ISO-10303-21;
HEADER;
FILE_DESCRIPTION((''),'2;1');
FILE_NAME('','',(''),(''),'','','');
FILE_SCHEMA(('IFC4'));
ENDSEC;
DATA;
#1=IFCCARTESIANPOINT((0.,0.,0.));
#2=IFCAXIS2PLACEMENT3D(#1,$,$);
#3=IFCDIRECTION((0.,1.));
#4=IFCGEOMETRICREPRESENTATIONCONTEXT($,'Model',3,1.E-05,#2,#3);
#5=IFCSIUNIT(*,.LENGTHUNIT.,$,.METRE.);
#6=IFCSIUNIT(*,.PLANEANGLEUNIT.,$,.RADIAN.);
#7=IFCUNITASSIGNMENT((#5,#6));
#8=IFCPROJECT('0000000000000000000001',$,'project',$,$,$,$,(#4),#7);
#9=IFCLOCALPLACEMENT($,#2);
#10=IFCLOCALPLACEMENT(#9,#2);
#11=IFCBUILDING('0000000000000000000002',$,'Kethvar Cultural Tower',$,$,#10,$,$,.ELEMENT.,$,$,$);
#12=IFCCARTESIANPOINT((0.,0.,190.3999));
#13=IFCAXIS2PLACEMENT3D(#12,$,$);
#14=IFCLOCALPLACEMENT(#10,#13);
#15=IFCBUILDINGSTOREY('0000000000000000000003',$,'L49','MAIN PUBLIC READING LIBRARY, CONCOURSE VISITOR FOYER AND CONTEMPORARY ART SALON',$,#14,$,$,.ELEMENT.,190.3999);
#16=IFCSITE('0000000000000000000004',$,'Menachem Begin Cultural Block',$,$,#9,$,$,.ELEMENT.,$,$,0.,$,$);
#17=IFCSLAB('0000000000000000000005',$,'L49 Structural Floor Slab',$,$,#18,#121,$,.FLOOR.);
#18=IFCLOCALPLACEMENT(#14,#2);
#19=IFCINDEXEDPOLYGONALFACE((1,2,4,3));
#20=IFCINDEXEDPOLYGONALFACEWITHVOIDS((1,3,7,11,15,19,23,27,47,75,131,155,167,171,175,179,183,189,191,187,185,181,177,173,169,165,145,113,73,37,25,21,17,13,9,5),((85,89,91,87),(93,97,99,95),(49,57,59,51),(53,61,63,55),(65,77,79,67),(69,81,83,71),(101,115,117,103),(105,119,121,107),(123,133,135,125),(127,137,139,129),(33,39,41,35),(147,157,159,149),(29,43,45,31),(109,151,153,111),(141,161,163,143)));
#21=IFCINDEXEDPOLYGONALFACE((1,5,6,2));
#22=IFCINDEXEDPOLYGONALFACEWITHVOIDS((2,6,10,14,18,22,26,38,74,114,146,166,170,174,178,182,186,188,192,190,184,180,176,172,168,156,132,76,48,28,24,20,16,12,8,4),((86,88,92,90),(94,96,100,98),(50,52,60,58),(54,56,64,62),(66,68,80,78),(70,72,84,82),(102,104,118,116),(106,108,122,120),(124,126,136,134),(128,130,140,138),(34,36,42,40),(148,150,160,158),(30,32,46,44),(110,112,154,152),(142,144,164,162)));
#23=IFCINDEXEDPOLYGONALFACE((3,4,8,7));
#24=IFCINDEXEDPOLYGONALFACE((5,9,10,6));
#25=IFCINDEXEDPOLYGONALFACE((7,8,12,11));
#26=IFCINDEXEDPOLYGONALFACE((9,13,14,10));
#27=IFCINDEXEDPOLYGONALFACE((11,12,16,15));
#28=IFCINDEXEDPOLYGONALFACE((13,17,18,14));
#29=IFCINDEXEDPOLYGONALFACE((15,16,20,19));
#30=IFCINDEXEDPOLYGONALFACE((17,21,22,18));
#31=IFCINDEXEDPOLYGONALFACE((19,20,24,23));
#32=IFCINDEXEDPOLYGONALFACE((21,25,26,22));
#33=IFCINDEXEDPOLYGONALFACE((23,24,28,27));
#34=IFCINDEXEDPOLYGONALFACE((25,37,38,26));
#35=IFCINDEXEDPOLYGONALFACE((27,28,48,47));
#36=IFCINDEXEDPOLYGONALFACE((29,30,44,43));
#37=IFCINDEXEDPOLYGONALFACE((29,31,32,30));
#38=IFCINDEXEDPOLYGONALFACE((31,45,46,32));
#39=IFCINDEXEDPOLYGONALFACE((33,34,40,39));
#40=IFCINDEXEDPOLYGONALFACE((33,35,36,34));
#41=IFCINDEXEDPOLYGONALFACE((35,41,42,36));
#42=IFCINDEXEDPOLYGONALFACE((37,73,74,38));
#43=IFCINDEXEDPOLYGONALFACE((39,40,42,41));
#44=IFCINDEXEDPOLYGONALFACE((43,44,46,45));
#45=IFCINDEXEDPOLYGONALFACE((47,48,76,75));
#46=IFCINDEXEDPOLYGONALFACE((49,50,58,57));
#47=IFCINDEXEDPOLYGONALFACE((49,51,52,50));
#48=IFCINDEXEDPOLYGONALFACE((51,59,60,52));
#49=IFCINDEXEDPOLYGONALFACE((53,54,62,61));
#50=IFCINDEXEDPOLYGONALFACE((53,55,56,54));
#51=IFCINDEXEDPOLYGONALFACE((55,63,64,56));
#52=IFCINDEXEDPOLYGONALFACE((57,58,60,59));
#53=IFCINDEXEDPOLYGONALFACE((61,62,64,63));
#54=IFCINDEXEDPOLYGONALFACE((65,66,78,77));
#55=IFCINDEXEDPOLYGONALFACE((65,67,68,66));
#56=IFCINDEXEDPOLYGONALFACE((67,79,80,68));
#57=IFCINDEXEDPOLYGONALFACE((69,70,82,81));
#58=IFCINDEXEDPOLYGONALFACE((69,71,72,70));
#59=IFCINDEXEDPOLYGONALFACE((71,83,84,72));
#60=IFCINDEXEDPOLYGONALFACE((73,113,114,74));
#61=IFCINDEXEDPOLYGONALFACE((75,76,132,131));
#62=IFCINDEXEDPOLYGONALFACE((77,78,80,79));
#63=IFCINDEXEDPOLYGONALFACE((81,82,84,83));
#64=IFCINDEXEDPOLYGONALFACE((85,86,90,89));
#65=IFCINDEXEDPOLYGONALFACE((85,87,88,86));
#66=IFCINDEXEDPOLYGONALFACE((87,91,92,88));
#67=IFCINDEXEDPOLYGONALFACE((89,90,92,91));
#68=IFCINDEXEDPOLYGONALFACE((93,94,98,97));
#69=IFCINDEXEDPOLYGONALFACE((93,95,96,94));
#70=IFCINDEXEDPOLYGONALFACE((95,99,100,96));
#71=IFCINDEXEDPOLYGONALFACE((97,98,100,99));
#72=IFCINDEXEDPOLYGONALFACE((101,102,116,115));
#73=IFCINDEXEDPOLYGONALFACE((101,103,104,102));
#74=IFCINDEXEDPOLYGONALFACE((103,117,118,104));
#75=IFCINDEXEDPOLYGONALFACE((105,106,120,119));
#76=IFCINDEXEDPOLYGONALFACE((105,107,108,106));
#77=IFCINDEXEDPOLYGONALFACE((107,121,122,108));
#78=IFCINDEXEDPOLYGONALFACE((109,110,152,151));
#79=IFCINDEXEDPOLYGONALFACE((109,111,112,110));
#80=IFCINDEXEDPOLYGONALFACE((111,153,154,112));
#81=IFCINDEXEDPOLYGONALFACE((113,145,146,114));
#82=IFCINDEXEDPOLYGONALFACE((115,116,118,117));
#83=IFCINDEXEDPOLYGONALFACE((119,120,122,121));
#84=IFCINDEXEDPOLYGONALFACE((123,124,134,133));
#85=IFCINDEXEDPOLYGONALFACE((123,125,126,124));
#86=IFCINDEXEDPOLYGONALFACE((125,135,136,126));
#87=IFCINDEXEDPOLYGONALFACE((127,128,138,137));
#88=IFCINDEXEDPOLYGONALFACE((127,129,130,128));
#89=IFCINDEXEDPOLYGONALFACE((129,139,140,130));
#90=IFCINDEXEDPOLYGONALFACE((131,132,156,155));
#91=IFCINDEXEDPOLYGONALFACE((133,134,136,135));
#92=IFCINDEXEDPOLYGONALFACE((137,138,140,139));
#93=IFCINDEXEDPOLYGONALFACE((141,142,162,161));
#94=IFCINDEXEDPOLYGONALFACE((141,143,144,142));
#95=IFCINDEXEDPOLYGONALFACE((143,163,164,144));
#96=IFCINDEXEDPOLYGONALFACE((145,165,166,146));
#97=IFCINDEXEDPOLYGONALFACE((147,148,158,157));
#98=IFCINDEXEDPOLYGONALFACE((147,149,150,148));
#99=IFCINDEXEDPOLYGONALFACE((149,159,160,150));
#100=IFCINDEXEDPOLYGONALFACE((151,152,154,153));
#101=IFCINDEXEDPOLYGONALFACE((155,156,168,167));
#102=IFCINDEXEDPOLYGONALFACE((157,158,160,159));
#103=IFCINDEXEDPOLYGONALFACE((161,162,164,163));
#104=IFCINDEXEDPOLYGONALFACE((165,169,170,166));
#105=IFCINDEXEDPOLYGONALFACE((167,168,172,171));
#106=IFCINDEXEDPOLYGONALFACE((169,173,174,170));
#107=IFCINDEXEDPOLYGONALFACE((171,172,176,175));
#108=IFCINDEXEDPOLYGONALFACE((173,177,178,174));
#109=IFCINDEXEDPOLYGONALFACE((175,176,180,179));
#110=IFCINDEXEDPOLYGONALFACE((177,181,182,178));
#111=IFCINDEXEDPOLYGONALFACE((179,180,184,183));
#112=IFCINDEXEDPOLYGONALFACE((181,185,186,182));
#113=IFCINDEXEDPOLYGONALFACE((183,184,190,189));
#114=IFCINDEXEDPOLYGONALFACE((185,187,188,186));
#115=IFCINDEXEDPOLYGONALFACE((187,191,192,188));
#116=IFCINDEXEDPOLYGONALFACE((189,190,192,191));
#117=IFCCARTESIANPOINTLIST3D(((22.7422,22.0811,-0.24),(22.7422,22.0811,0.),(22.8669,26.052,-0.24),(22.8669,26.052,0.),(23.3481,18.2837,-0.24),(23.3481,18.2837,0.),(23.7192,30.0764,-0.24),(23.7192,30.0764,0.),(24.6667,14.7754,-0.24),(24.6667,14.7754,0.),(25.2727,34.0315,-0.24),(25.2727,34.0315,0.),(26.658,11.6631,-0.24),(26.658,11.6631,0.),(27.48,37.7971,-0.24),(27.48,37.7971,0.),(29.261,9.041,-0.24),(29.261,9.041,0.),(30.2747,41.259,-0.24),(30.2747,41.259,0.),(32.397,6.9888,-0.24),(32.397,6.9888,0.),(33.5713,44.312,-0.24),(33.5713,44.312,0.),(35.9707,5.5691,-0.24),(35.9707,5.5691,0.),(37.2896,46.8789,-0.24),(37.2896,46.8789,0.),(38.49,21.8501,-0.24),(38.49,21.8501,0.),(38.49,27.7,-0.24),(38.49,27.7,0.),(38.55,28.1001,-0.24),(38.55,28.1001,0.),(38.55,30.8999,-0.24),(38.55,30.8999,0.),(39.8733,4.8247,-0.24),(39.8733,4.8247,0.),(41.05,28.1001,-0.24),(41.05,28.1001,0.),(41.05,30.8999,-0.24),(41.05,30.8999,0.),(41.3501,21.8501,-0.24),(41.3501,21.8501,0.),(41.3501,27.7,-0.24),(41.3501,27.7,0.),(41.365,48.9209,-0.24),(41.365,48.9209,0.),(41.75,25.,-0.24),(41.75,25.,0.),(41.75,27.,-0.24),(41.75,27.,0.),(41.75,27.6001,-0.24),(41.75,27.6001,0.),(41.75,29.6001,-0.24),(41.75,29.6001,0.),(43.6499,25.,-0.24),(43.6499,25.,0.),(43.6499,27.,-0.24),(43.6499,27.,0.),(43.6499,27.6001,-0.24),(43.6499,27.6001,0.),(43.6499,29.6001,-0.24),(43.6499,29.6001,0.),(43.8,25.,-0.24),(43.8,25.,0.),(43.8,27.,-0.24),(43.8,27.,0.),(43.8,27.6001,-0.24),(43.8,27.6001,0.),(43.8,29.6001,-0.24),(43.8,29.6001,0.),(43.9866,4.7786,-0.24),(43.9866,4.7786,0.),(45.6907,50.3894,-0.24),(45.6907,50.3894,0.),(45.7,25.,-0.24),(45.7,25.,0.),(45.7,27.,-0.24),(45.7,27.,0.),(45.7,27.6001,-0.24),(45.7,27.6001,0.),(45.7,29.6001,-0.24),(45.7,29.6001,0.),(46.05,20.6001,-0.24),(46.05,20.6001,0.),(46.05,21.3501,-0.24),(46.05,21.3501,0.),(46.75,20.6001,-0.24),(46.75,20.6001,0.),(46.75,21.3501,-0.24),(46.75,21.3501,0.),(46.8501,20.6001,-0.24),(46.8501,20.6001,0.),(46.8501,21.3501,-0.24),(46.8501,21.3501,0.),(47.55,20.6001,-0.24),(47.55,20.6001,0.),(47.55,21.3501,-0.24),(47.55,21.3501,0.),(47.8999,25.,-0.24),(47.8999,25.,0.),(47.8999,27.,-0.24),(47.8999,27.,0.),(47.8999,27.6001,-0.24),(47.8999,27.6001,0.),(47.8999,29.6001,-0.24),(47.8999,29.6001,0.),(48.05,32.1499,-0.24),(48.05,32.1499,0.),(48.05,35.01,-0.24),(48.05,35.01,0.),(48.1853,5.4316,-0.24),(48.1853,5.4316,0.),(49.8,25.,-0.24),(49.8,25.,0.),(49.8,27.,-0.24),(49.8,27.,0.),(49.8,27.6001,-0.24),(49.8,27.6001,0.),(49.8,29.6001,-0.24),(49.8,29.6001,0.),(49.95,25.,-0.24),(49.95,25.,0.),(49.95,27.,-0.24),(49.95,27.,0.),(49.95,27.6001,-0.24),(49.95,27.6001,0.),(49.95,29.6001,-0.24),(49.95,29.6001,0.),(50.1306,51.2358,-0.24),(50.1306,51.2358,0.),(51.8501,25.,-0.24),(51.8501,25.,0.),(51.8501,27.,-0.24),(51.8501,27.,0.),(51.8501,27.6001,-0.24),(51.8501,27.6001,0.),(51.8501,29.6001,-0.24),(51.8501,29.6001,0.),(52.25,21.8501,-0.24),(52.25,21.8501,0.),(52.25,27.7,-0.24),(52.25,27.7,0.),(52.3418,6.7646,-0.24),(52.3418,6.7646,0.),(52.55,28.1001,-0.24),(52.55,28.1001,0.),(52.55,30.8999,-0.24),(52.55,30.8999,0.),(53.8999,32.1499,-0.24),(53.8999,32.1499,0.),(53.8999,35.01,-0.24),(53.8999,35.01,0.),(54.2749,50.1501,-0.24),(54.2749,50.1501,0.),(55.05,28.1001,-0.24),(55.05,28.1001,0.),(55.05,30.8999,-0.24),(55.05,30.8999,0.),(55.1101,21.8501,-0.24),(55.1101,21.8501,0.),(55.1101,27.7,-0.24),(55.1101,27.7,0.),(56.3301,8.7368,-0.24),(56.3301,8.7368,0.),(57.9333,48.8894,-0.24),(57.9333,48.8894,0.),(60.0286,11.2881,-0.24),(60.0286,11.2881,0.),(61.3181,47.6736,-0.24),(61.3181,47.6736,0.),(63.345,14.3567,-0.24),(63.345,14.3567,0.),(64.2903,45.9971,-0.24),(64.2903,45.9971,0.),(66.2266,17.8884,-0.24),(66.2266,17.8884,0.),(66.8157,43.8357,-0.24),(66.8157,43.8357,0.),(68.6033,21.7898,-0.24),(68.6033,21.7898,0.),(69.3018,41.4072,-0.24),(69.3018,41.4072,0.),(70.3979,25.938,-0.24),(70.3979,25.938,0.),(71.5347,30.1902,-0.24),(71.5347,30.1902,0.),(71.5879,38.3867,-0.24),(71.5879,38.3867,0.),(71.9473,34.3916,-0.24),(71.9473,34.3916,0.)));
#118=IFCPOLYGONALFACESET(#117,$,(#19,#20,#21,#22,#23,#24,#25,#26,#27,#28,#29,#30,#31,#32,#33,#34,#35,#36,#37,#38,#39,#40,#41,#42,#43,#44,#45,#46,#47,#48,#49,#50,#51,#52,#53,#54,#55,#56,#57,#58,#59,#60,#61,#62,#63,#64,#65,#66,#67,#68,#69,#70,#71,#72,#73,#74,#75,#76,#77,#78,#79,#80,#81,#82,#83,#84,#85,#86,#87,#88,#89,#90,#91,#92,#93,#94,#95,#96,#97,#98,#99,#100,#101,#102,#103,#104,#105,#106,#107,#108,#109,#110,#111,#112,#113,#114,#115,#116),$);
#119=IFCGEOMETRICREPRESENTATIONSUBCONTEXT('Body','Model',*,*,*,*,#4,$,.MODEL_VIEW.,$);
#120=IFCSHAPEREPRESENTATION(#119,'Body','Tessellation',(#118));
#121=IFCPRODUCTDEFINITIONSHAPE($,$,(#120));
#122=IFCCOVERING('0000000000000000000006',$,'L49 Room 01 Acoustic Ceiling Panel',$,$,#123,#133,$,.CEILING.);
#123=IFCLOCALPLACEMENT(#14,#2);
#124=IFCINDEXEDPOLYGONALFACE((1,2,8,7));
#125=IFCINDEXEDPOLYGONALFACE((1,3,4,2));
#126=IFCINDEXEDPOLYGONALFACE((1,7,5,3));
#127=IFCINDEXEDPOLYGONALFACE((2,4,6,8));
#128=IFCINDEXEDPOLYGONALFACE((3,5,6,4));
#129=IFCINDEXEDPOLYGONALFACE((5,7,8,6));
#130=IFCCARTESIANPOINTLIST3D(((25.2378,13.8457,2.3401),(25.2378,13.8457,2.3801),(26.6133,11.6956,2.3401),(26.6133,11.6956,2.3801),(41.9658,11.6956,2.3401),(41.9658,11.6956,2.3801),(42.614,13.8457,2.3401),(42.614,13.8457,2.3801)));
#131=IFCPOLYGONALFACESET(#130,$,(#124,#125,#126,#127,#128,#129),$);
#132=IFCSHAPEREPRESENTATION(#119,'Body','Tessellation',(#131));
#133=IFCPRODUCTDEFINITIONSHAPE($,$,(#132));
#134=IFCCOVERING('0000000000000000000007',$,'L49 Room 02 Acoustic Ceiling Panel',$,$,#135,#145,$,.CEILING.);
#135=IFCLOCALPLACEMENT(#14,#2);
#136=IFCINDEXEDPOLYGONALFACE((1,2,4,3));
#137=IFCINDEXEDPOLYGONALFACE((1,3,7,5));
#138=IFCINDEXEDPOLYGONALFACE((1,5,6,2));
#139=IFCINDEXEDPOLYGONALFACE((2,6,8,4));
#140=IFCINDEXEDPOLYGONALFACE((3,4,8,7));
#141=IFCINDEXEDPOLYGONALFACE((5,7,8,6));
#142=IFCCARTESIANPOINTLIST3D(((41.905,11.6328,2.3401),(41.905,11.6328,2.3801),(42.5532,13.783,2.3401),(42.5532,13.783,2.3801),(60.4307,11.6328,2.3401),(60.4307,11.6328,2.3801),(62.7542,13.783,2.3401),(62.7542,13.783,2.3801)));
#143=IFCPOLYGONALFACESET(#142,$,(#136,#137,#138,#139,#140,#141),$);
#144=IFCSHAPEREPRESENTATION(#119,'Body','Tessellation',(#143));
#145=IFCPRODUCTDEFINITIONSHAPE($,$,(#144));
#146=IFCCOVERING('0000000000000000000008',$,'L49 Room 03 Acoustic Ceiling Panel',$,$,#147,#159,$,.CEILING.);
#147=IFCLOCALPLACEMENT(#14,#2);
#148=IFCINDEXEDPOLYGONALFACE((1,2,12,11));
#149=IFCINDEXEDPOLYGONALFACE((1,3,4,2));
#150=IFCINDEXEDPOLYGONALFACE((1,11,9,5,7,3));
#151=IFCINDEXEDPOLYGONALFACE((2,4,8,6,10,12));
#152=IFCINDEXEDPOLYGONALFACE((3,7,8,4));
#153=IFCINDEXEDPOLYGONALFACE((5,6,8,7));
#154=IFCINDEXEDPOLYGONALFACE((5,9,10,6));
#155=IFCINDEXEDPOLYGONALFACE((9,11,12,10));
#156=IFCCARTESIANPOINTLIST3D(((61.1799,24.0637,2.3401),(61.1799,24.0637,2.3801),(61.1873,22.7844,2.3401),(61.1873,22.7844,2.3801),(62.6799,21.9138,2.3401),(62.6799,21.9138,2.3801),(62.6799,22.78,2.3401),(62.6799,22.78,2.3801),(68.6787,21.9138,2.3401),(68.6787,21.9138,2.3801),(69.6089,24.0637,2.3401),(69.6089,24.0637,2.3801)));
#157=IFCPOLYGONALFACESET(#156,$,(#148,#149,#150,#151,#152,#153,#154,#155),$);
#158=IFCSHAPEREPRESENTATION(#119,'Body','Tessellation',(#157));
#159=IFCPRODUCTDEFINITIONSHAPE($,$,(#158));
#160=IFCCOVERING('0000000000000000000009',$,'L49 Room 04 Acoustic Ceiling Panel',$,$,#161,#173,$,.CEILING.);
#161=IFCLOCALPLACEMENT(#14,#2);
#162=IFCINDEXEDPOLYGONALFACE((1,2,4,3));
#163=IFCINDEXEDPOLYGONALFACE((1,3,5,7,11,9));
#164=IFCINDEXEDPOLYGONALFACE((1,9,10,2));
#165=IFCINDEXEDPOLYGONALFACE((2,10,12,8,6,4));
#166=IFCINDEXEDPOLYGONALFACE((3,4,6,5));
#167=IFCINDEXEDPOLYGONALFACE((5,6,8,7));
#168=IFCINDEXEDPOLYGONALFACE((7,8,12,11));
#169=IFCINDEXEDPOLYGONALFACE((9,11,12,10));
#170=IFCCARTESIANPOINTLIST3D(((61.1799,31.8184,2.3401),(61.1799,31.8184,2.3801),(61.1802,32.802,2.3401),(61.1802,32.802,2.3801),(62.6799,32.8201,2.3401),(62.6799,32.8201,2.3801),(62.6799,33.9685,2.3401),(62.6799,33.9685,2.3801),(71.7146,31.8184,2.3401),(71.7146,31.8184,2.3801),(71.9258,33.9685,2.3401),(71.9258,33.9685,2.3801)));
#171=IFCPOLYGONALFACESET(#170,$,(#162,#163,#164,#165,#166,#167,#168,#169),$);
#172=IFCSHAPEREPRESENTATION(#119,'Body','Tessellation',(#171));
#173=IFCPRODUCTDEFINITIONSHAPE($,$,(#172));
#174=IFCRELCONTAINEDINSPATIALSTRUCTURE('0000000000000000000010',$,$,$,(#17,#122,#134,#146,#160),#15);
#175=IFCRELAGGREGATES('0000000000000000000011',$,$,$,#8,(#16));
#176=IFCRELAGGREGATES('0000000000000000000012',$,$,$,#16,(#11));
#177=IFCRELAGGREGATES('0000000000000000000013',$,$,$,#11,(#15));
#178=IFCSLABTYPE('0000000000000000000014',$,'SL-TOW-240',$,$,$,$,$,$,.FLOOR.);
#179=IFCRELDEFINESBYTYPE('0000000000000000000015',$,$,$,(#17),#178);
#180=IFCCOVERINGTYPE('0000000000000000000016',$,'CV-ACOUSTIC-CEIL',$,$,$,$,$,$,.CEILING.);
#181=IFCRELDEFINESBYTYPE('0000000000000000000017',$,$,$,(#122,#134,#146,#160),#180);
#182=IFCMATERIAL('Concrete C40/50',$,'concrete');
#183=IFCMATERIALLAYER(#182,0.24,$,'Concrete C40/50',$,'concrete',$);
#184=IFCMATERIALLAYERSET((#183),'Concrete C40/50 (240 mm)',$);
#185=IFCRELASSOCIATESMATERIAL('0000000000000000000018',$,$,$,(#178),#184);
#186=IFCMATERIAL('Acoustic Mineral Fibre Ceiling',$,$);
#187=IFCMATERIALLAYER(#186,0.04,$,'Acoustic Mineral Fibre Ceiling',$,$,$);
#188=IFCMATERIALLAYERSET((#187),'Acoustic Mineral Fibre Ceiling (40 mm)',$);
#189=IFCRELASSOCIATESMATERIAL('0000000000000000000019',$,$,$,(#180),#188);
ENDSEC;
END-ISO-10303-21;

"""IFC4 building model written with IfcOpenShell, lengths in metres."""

from ifc_helpers import new_model, si_unit, direction, frame, origin, place, context, subcontext, project, spatial, polyline, outline, extrude, material, layer, layer_set, type_object, element, save


model = new_model("IFC4")

# Units and contexts
model_context = context("Model", 3, precision=1e-05, world=origin(), true_north=direction((0.0, 1.0)))
body_context = subcontext(model_context, "Body", "Model", "MODEL_VIEW")
ifc_project = project(units=[si_unit("LENGTHUNIT", "METRE"), si_unit("PLANEANGLEUNIT", "RADIAN")], contexts=[model_context])

# Site, building, storey
site_placement = place(None, origin())
site = spatial("IfcSite", under=ifc_project, at=site_placement, Name="Menachem Begin Cultural Block", CompositionType="ELEMENT", RefElevation=0.0)
building_placement = place(site_placement, origin())
building = spatial("IfcBuilding", under=site, at=building_placement, Name="Kethvar Cultural Tower", CompositionType="ELEMENT")
storey_placement = place(building_placement, frame((0.0, 0.0, 190.3999)))
storey = spatial("IfcBuildingStorey", under=building, at=storey_placement, Name="L49", Description="MAIN PUBLIC READING LIBRARY, CONCOURSE VISITOR FOYER AND CONTEMPORARY ART SALON", CompositionType="ELEMENT", Elevation=190.3999)

# Shared definitions
ifc_material_1 = material(Name="Concrete C40/50", Category="concrete")

# Slab
ifc_layer_1 = layer(ifc_material_1, 0.24, Name="Concrete C40/50", Category="concrete")
ifc_layer_set_1 = layer_set([ifc_layer_1], Name="Concrete C40/50 (240 mm)")
slab_type_1 = type_object("IfcSlabType", Name="SL-TOW-240", PredefinedType="FLOOR", material=ifc_layer_set_1)
slab_1_placement = place(storey_placement, frame((0.0, 0.0, -0.24)))
element("IfcSlab", 1, at=slab_1_placement, inside=storey, type_object=slab_type_1, Name="L49 Structural Floor Slab", PredefinedType="FLOOR", context=body_context, shape_type="SweptSolid", body=[
    extrude(outline(polyline([(66.8157, 43.8357), (64.2903, 45.9971), (61.3181, 47.6736), (57.9333, 48.8894), (54.2749, 50.1501), (50.1306, 51.2358), (45.6907, 50.3894), (41.365, 48.9209), (37.2896, 46.8789), (33.5713, 44.312), (30.2747, 41.259), (27.48, 37.7971), (25.2727, 34.0315), (23.7192, 30.0764), (22.8669, 26.052), (22.7422, 22.0811), (23.3481, 18.2837), (24.6667, 14.7754), (26.658, 11.6631), (29.261, 9.041), (32.397, 6.9888), (35.9707, 5.5691), (39.8733, 4.8247), (43.9866, 4.7786), (48.1853, 5.4316), (52.3418, 6.7646), (56.3301, 8.7368), (60.0286, 11.2881), (63.345, 14.3567), (66.2266, 17.8884), (68.6033, 21.7898), (70.3979, 25.938), (71.5347, 30.1902), (71.9473, 34.3916), (71.5879, 38.3867), (69.3018, 41.4072), (66.8157, 43.8357)]), holes=[polyline([(38.49, 21.8501), (38.49, 27.7), (41.3501, 27.7), (41.3501, 21.8501), (38.49, 21.8501)]), polyline([(52.25, 21.8501), (52.25, 27.7), (55.1101, 27.7), (55.1101, 21.8501), (52.25, 21.8501)]), polyline([(53.8999, 32.1499), (48.05, 32.1499), (48.05, 35.01), (53.8999, 35.01), (53.8999, 32.1499)]), polyline([(41.75, 27.0), (43.6499, 27.0), (43.6499, 25.0), (41.75, 25.0), (41.75, 27.0)]), polyline([(43.8, 27.0), (45.7, 27.0), (45.7, 25.0), (43.8, 25.0), (43.8, 27.0)]), polyline([(47.8999, 27.0), (49.8, 27.0), (49.8, 25.0), (47.8999, 25.0), (47.8999, 27.0)]), polyline([(49.95, 27.0), (51.8501, 27.0), (51.8501, 25.0), (49.95, 25.0), (49.95, 27.0)]), polyline([(41.75, 29.6001), (43.6499, 29.6001), (43.6499, 27.6001), (41.75, 27.6001), (41.75, 29.6001)]), polyline([(43.8, 29.6001), (45.7, 29.6001), (45.7, 27.6001), (43.8, 27.6001), (43.8, 29.6001)]), polyline([(47.8999, 29.6001), (49.8, 29.6001), (49.8, 27.6001), (47.8999, 27.6001), (47.8999, 29.6001)]), polyline([(49.95, 29.6001), (51.8501, 29.6001), (51.8501, 27.6001), (49.95, 27.6001), (49.95, 29.6001)]), polyline([(38.55, 30.8999), (41.05, 30.8999), (41.05, 28.1001), (38.55, 28.1001), (38.55, 30.8999)]), polyline([(52.55, 30.8999), (55.05, 30.8999), (55.05, 28.1001), (52.55, 28.1001), (52.55, 30.8999)]), polyline([(46.05, 21.3501), (46.75, 21.3501), (46.75, 20.6001), (46.05, 20.6001), (46.05, 21.3501)]), polyline([(46.8501, 21.3501), (47.55, 21.3501), (47.55, 20.6001), (46.8501, 20.6001), (46.8501, 21.3501)])]), origin(), (0.0, 0.0, 1.0), 0.24),
])

# Coverings
ifc_material_2 = material(Name="Acoustic Mineral Fibre Ceiling")
ifc_layer_2 = layer(ifc_material_2, 0.04, Name="Acoustic Mineral Fibre Ceiling")
ifc_layer_set_2 = layer_set([ifc_layer_2], Name="Acoustic Mineral Fibre Ceiling (40 mm)")
covering_type_1 = type_object("IfcCoveringType", Name="CV-ACOUSTIC-CEIL", PredefinedType="CEILING", material=ifc_layer_set_2)
covering_1_placement = place(storey_placement, frame((0.0, 0.0, 2.3401)))
element("IfcCovering", 2, at=covering_1_placement, inside=storey, type_object=covering_type_1, Name="L49 Room 01 Acoustic Ceiling Panel", PredefinedType="CEILING", context=body_context, shape_type="SweptSolid", body=[
    extrude(outline(polyline([(25.2378, 13.8457), (42.614, 13.8457), (41.9658, 11.6956), (26.6133, 11.6956), (25.2378, 13.8457)])), origin(), (0.0, 0.0, 1.0), 0.04),
])
covering_2_placement = place(storey_placement, frame((0.0, 0.0, 2.3401)))
element("IfcCovering", 3, at=covering_2_placement, inside=storey, type_object=covering_type_1, Name="L49 Room 02 Acoustic Ceiling Panel", PredefinedType="CEILING", context=body_context, shape_type="SweptSolid", body=[
    extrude(outline(polyline([(60.4307, 11.6328), (41.905, 11.6328), (42.5532, 13.783), (62.7542, 13.783), (60.4307, 11.6328)])), origin(), (0.0, 0.0, 1.0), 0.04),
])
covering_3_placement = place(storey_placement, frame((0.0, 0.0, 2.3401)))
element("IfcCovering", 4, at=covering_3_placement, inside=storey, type_object=covering_type_1, Name="L49 Room 03 Acoustic Ceiling Panel", PredefinedType="CEILING", context=body_context, shape_type="SweptSolid", body=[
    extrude(outline(polyline([(62.6799, 22.78), (61.1873, 22.7844), (61.1799, 24.0637), (69.6089, 24.0637), (68.6787, 21.9138), (62.6799, 21.9138), (62.6799, 22.78)])), origin(), (0.0, 0.0, 1.0), 0.04),
])
covering_4_placement = place(storey_placement, frame((0.0, 0.0, 2.3401)))
element("IfcCovering", 5, at=covering_4_placement, inside=storey, type_object=covering_type_1, Name="L49 Room 04 Acoustic Ceiling Panel", PredefinedType="CEILING", context=body_context, shape_type="SweptSolid", body=[
    extrude(outline(polyline([(71.7146, 31.8184), (61.1799, 31.8184), (61.1802, 32.802), (62.6799, 32.8201), (62.6799, 33.9685), (71.9258, 33.9685), (71.7146, 31.8184)])), origin(), (0.0, 0.0, 1.0), 0.04),
])

save(model, "model.ifc")
